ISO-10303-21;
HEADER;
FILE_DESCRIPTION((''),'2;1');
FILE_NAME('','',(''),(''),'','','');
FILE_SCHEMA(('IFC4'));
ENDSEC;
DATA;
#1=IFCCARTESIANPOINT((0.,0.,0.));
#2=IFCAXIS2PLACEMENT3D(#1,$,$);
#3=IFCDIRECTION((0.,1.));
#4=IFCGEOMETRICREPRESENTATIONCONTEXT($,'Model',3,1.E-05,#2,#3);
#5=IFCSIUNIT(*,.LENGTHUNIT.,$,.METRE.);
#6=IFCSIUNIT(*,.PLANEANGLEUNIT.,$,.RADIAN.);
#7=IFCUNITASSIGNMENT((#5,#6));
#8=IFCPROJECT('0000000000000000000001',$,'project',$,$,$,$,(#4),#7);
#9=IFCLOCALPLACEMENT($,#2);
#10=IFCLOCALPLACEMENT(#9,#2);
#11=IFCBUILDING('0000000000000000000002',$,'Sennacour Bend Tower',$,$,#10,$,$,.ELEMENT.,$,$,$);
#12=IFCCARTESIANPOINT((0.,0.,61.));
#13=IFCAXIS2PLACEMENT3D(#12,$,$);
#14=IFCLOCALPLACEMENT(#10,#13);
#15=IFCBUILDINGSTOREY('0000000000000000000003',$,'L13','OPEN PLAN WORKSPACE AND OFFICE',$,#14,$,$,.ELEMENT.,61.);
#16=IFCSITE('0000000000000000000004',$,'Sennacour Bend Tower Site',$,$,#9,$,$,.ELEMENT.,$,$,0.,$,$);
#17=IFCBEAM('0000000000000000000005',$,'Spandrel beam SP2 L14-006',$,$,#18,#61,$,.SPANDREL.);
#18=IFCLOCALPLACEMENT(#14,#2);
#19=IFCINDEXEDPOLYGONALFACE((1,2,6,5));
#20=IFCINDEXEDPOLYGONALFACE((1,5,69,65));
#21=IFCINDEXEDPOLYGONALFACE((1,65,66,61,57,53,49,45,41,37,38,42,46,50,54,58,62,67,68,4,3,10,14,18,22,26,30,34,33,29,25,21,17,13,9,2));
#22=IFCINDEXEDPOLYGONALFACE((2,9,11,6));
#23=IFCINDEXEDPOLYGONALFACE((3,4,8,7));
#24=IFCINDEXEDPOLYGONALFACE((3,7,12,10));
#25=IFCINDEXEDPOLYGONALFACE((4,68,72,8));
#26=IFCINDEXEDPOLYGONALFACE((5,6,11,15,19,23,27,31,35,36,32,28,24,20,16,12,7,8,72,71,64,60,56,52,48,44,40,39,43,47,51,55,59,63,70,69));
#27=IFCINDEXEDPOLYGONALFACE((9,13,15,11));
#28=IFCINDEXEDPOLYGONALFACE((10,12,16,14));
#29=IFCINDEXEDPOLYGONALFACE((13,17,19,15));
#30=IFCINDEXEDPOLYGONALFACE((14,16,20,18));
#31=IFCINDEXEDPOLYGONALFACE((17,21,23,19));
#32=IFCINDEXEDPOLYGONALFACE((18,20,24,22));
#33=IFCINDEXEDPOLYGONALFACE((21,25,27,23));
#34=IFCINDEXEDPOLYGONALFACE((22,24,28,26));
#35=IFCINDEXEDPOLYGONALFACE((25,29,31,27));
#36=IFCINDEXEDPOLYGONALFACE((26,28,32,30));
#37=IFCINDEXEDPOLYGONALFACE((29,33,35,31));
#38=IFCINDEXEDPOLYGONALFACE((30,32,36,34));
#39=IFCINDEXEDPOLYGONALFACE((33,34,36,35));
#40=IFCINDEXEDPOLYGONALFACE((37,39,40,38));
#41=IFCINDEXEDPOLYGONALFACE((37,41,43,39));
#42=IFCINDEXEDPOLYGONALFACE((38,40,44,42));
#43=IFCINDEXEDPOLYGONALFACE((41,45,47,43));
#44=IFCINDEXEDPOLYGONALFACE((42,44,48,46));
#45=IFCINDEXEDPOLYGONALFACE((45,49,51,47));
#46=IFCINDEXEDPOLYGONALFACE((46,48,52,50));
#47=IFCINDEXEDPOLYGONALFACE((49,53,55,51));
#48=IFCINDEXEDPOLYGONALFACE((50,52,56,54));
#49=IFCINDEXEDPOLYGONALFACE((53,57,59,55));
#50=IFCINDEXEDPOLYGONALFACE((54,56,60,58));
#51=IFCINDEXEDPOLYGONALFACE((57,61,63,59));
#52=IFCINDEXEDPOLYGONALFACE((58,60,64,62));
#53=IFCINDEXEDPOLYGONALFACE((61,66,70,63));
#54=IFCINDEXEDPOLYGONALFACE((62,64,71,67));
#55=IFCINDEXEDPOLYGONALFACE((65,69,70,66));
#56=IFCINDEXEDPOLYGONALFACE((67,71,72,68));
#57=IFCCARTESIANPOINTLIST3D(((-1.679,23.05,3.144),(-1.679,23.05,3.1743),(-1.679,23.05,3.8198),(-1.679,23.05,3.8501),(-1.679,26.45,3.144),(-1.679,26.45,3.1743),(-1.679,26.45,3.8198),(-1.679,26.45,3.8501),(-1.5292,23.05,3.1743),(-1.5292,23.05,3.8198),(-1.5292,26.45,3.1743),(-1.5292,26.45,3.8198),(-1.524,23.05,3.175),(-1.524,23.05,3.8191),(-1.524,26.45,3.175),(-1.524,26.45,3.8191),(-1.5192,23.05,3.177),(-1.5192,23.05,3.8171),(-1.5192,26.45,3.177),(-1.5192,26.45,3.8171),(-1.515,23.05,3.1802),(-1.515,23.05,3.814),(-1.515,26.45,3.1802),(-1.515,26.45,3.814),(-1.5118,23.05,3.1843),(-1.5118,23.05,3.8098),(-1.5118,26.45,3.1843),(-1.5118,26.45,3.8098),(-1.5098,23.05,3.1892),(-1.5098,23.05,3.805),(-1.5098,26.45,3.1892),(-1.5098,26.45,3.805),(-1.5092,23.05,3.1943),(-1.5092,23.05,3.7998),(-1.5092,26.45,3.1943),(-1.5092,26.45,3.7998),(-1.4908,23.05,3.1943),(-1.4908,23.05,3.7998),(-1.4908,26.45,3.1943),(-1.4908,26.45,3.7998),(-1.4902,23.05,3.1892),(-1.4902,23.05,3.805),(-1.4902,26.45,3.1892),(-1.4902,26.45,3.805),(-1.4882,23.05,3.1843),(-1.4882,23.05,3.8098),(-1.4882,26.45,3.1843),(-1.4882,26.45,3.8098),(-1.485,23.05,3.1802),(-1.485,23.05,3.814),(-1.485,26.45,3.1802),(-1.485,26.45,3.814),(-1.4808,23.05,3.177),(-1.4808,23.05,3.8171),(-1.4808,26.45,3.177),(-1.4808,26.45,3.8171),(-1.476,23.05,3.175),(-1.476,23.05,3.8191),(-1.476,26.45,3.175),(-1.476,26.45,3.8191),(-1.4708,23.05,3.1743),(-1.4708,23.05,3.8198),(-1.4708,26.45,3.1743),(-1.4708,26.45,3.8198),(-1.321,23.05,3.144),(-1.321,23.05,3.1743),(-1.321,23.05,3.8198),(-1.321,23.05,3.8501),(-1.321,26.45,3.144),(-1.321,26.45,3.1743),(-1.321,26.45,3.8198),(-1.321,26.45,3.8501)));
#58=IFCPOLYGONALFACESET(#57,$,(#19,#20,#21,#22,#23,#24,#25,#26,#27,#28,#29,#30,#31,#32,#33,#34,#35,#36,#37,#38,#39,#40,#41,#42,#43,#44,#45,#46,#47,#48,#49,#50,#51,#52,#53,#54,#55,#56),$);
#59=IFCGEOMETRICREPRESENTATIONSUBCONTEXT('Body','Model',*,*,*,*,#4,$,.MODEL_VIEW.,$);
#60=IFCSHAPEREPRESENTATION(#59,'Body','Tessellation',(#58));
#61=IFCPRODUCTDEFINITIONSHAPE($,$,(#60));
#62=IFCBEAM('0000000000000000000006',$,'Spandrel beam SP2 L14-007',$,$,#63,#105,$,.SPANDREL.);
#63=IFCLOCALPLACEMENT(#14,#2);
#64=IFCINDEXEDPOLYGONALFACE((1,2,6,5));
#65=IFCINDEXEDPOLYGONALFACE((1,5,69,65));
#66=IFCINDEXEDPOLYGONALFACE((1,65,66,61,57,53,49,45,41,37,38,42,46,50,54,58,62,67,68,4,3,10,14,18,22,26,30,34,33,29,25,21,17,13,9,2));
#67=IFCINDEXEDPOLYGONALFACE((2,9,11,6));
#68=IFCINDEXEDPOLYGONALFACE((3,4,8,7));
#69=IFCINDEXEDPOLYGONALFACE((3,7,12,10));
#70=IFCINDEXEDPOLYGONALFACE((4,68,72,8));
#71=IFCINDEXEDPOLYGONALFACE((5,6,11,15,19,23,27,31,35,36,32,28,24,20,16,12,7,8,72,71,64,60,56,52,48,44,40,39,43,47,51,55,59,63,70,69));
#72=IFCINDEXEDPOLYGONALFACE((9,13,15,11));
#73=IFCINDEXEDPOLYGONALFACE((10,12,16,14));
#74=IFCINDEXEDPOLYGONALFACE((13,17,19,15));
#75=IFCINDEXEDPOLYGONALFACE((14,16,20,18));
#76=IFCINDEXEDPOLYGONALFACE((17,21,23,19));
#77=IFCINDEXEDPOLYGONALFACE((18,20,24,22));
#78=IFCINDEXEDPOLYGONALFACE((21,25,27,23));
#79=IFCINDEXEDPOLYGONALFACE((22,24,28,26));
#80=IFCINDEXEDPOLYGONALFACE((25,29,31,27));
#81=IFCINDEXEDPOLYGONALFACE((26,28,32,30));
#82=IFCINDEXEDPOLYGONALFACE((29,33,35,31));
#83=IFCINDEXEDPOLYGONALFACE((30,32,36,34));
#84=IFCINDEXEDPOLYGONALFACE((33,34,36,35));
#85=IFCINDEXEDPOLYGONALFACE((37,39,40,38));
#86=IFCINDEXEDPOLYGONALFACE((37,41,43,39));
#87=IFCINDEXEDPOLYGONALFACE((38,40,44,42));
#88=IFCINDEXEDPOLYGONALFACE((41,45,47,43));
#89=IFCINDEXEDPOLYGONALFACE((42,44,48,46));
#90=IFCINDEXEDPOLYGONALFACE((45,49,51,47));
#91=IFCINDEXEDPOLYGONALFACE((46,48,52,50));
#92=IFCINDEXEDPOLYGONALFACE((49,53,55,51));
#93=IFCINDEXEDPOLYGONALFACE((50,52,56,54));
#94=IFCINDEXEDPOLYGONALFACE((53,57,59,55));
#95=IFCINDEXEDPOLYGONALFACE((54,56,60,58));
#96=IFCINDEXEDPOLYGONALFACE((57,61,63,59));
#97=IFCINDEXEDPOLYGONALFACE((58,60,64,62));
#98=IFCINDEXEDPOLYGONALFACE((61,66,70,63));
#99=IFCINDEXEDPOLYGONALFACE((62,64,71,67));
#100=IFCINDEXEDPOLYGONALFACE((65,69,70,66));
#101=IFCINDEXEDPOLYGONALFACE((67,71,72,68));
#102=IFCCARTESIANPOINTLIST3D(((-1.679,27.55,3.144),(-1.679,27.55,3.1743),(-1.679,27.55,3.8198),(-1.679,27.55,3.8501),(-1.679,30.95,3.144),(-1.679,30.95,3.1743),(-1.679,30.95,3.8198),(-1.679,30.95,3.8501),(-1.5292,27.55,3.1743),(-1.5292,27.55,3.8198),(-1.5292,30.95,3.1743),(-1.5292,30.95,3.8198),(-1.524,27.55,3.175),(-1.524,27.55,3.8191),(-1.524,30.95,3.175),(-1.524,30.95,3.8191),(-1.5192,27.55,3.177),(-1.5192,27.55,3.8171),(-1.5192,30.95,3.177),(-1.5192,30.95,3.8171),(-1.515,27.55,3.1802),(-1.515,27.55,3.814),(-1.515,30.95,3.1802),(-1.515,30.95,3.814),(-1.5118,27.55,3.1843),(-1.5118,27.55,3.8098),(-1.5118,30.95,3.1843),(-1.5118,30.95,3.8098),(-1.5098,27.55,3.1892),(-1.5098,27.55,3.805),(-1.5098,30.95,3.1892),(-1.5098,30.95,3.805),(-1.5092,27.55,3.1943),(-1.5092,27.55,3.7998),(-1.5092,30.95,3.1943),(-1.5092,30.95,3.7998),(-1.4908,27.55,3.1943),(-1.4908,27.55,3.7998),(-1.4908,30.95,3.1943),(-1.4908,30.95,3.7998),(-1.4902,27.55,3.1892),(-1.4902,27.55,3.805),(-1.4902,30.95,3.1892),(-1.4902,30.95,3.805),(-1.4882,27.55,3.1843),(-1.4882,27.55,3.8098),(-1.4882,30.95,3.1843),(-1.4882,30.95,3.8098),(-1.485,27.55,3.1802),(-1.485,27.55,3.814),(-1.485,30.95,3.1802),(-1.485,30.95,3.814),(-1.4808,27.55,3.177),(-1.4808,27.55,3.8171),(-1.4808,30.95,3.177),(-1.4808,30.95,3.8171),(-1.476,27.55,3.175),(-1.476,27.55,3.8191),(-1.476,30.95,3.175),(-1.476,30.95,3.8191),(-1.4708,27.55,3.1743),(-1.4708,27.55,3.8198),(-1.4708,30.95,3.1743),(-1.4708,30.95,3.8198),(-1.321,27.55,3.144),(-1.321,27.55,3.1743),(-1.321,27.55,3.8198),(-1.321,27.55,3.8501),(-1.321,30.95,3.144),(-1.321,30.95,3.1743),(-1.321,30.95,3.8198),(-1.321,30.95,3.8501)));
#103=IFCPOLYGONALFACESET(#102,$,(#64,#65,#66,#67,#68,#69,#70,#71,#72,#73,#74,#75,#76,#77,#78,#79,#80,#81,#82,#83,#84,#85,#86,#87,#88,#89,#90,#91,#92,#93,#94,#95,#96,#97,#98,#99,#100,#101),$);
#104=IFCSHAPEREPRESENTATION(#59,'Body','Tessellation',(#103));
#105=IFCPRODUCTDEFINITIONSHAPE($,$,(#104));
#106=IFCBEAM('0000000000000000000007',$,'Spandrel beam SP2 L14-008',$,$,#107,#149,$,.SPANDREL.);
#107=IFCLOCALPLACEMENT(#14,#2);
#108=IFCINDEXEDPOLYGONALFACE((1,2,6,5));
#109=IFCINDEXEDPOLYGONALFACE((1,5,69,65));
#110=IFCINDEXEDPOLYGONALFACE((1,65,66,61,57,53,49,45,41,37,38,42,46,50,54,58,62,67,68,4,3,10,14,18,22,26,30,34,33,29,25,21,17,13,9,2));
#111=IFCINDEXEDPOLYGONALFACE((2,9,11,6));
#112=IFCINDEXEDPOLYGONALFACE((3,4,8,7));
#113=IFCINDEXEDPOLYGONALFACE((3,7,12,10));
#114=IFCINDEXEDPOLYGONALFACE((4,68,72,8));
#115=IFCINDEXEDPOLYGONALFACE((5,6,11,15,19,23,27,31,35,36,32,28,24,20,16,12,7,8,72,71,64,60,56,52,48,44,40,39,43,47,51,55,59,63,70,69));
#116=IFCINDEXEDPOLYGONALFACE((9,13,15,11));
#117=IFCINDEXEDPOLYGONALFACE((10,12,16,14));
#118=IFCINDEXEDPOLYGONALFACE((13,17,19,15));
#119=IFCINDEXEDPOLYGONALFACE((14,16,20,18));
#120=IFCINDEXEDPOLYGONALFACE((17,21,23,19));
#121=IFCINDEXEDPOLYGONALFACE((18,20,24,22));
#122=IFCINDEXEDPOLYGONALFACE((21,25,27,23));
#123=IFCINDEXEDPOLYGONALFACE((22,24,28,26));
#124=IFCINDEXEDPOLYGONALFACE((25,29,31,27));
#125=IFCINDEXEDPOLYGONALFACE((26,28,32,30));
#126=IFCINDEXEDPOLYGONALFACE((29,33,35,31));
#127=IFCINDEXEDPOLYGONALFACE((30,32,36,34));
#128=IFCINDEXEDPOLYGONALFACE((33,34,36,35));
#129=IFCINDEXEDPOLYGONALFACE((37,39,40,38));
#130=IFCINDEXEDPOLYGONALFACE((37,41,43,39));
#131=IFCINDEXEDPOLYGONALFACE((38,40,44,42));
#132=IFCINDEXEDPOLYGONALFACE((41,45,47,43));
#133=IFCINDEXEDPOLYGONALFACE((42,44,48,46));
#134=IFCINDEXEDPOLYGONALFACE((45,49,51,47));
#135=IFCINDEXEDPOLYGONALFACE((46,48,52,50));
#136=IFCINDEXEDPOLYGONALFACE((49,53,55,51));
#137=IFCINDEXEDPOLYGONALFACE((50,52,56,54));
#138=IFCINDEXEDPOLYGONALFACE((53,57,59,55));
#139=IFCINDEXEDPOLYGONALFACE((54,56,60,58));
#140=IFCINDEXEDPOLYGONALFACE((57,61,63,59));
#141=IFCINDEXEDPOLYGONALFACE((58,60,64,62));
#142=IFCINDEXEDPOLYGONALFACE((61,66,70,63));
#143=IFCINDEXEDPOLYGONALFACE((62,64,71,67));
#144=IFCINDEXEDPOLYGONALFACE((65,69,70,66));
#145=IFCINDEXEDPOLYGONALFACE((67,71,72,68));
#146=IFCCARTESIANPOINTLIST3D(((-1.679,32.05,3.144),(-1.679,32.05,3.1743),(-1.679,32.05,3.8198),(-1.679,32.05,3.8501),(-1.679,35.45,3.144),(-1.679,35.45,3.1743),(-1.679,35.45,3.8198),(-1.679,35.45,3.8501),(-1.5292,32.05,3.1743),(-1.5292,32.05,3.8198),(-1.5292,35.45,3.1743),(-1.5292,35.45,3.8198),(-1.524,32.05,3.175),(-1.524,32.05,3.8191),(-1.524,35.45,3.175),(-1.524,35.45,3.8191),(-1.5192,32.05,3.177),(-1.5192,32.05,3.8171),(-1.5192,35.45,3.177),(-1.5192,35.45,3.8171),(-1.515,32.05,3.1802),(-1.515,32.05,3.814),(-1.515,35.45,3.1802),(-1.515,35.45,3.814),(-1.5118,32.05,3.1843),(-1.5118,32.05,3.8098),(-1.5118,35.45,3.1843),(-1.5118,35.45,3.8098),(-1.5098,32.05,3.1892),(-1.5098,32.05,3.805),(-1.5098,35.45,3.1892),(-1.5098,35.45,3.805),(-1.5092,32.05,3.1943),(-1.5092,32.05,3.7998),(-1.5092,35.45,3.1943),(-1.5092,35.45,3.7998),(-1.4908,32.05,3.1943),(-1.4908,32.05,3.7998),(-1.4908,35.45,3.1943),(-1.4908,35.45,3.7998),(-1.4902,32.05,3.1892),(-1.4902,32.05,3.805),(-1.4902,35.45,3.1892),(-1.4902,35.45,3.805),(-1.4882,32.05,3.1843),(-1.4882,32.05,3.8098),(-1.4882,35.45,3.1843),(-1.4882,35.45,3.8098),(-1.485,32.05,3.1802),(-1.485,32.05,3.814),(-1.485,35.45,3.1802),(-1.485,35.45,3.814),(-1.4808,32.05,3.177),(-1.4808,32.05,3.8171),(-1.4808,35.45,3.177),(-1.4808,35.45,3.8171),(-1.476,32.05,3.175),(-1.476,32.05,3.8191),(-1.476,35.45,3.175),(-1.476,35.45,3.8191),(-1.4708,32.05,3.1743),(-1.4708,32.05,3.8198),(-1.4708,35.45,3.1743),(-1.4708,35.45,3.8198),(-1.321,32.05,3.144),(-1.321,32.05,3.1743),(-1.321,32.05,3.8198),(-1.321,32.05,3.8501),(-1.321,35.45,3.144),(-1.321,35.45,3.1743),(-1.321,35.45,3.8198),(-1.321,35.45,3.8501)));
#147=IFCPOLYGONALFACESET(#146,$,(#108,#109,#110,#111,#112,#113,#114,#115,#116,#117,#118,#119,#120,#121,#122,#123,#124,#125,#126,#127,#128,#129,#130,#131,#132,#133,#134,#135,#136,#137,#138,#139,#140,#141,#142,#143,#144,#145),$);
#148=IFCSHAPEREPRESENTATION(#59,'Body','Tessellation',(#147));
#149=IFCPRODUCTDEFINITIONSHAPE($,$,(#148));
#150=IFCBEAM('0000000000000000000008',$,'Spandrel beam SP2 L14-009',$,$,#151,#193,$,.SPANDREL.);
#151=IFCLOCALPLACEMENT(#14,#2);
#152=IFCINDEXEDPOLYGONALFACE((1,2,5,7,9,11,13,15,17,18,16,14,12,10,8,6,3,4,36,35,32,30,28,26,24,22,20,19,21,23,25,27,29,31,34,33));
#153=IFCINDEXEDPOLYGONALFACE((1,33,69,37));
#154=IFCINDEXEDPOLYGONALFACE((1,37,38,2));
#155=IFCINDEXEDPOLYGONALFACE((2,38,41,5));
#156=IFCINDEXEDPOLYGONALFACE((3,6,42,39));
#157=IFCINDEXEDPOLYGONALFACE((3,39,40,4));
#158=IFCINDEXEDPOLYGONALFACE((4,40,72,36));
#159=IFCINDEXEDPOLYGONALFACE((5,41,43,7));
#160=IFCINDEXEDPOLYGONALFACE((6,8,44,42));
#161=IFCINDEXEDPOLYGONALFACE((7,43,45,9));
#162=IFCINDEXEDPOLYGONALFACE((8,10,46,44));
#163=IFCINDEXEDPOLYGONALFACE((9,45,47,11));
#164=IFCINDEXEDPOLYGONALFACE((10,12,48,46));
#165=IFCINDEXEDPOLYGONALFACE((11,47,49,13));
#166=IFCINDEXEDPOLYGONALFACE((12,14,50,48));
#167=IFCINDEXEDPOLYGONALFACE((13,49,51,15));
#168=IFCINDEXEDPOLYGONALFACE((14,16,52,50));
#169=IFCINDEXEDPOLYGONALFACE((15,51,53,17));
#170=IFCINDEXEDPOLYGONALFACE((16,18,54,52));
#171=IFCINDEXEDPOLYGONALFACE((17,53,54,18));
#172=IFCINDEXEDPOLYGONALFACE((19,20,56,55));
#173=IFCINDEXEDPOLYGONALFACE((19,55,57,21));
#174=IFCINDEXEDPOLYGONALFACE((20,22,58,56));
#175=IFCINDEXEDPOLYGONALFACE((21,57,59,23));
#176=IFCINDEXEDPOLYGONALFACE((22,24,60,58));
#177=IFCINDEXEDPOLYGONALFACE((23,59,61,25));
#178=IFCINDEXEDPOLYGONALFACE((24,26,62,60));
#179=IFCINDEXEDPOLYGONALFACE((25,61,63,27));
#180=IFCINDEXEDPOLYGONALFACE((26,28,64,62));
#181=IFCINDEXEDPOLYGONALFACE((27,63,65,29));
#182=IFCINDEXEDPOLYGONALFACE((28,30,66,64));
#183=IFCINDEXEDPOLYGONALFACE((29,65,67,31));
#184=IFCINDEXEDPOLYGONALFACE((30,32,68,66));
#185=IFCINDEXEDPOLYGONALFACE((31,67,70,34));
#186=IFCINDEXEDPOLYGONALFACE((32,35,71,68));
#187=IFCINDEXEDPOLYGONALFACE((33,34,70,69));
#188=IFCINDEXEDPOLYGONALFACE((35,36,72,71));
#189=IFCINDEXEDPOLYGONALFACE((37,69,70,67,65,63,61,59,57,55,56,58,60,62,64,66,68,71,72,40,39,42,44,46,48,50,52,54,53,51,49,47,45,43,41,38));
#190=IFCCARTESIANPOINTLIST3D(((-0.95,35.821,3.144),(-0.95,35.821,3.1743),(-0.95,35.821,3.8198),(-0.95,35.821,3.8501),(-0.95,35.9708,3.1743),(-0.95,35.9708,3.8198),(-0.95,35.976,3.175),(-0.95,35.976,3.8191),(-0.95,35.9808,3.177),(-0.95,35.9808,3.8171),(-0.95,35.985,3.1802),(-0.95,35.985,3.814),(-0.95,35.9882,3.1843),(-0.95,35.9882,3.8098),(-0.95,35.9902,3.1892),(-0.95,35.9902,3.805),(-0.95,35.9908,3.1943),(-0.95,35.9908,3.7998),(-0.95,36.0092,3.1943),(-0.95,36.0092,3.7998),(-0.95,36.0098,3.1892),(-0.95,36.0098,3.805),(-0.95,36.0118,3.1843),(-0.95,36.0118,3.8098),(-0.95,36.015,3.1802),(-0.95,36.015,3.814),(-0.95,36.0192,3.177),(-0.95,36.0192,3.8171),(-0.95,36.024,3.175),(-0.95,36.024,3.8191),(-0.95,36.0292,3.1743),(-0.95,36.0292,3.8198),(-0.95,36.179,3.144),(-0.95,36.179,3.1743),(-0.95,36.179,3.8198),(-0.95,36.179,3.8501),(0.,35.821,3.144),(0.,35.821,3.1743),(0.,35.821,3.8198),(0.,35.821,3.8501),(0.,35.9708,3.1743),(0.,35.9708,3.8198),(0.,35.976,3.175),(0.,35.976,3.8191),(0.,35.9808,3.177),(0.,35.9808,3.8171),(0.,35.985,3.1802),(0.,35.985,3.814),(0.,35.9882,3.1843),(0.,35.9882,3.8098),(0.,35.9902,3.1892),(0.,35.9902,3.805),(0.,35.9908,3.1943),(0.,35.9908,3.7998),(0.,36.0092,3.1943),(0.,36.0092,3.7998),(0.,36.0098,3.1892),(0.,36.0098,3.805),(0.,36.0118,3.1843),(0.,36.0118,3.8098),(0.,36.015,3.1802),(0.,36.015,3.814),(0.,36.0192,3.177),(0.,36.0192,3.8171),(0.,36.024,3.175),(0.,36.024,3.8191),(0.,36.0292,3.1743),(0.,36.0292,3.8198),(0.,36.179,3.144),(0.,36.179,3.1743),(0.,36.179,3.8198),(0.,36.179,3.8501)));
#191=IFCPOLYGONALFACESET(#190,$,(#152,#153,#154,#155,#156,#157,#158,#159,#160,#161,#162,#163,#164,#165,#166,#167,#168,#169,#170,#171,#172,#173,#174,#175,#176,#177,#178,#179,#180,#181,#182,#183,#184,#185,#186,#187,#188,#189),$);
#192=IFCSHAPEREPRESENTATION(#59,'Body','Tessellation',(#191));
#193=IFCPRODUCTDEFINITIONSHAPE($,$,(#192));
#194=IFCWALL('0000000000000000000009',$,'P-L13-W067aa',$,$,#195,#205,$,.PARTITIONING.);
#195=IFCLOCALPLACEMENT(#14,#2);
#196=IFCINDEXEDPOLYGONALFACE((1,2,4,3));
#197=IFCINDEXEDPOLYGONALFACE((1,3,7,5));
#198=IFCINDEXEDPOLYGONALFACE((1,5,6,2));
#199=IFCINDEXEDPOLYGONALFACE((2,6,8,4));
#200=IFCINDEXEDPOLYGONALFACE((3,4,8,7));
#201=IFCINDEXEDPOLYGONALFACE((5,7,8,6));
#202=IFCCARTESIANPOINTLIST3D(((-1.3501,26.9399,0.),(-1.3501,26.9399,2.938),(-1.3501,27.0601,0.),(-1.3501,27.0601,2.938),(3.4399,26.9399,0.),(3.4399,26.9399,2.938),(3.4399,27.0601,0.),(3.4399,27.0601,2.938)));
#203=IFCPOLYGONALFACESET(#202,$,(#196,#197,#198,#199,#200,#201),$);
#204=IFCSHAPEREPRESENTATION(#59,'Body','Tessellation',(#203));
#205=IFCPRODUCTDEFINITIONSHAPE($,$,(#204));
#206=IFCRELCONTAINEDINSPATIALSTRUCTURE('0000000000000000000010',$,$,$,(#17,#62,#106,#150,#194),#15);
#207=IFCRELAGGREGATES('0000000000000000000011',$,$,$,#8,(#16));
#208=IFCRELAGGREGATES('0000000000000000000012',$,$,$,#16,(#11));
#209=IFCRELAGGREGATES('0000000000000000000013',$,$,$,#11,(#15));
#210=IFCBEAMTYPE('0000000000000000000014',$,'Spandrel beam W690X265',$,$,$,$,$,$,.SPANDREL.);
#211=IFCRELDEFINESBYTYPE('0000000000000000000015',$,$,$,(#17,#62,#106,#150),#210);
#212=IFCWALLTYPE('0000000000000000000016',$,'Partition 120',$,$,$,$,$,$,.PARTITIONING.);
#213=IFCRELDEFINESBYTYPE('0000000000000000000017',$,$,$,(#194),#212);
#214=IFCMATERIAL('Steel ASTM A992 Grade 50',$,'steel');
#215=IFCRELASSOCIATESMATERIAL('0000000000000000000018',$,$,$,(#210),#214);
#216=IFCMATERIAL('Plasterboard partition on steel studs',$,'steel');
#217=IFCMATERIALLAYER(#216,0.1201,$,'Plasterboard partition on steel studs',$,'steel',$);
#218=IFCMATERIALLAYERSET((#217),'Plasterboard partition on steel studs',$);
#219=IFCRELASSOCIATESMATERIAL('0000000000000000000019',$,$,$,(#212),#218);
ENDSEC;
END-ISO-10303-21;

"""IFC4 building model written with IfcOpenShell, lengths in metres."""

from ifc_helpers import new_model, si_unit, direction, frame, frame_2d, origin, origin_2d, place, context, subcontext, project, spatial, rectangle, i_section, extrude, material, layer, layer_set, material_profile, profile_set, type_object, element, save


model = new_model("IFC4")

# Units and contexts
model_context = context("Model", 3, precision=1e-05, world=origin(), true_north=direction((0.0, 1.0)))
body_context = subcontext(model_context, "Body", "Model", "MODEL_VIEW")
ifc_project = project(units=[si_unit("LENGTHUNIT", "METRE"), si_unit("PLANEANGLEUNIT", "RADIAN")], contexts=[model_context])

# Site, building, storey
site_placement = place(None, origin())
site = spatial("IfcSite", under=ifc_project, at=site_placement, Name="Sennacour Bend Tower Site", CompositionType="ELEMENT", RefElevation=0.0)
building_placement = place(site_placement, origin())
building = spatial("IfcBuilding", under=site, at=building_placement, Name="Sennacour Bend Tower", CompositionType="ELEMENT")
storey_placement = place(building_placement, frame((0.0, 0.0, 61.0)))
storey = spatial("IfcBuildingStorey", under=building, at=storey_placement, Name="L13", Description="OPEN PLAN WORKSPACE AND OFFICE", CompositionType="ELEMENT", Elevation=61.0)

# Beams
ifc_material_1 = material(Name="Steel ASTM A992 Grade 50", Category="steel")
ifc_material_profile_1 = material_profile(ifc_material_1, i_section(OverallWidth=0.3579, OverallDepth=0.7061, WebThickness=0.0183, FlangeThickness=0.0303, FilletRadius=0.02, at=origin_2d()), Name="Steel ASTM A992 Grade 50", Category="steel")
ifc_profile_set_1 = profile_set([ifc_material_profile_1], Name="Steel ASTM A992 Grade 50")
beam_type_1 = type_object("IfcBeamType", Name="Spandrel beam W690X265", PredefinedType="SPANDREL", material=ifc_profile_set_1)
for number, where, z_axis, x_axis, name in (
    (1, (-1.5, 23.05, 3.4971), (0.0, 1.0, 0.0), (-1.0, 0.0, 0.0), "Spandrel beam SP2 L14-006"),
    (2, (-1.5, 27.55, 3.4971), (0.0, 1.0, 0.0), (-1.0, 0.0, 0.0), "Spandrel beam SP2 L14-007"),
    (3, (-1.5, 32.05, 3.4971), (0.0, 1.0, 0.0), (-1.0, 0.0, 0.0), "Spandrel beam SP2 L14-008"),
):
    element("IfcBeam", number, at=place(storey_placement, frame(where, z_axis=z_axis, x_axis=x_axis)), inside=storey, type_object=beam_type_1, Name=name, PredefinedType="SPANDREL", context=body_context, shape_type="SweptSolid", body=[
        extrude(i_section(OverallWidth=0.3579, OverallDepth=0.7061, WebThickness=0.0183, FlangeThickness=0.0303, FilletRadius=0.02, at=origin_2d()), origin(), (0.0, 0.0, 1.0), 3.3999),
    ])
beam_1_placement = place(storey_placement, frame((-0.95, 36.0, 3.4971), z_axis=(1.0, 0.0, 0.0), x_axis=(0.0, 1.0, 0.0)))
element("IfcBeam", 4, at=beam_1_placement, inside=storey, type_object=beam_type_1, Name="Spandrel beam SP2 L14-009", PredefinedType="SPANDREL", context=body_context, shape_type="SweptSolid", body=[
    extrude(i_section(OverallWidth=0.3579, OverallDepth=0.7061, WebThickness=0.0183, FlangeThickness=0.0303, FilletRadius=0.02, at=origin_2d()), origin(), (0.0, 0.0, 1.0), 0.95),
])

# Wall
ifc_material_2 = material(Name="Plasterboard partition on steel studs", Category="steel")
ifc_layer_1 = layer(ifc_material_2, 0.1201, Name="Plasterboard partition on steel studs", Category="steel")
ifc_layer_set_1 = layer_set([ifc_layer_1], Name="Plasterboard partition on steel studs")
wall_type_1 = type_object("IfcWallType", Name="Partition 120", PredefinedType="PARTITIONING", material=ifc_layer_set_1)
wall_1_placement = place(storey_placement, frame((-1.3501, 27.0, 0.0), z_axis=(0.0, 0.0, 1.0), x_axis=(1.0, 0.0, 0.0)))
element("IfcWall", 5, at=wall_1_placement, inside=storey, type_object=wall_type_1, Name="P-L13-W067aa", PredefinedType="PARTITIONING", context=body_context, shape_type="SweptSolid", body=[
    extrude(rectangle(XDim=4.79, YDim=0.1201, at=frame_2d((2.395, 0.0))), origin(), (0.0, 0.0, 1.0), 2.938),
])

save(model, "model.ifc")
